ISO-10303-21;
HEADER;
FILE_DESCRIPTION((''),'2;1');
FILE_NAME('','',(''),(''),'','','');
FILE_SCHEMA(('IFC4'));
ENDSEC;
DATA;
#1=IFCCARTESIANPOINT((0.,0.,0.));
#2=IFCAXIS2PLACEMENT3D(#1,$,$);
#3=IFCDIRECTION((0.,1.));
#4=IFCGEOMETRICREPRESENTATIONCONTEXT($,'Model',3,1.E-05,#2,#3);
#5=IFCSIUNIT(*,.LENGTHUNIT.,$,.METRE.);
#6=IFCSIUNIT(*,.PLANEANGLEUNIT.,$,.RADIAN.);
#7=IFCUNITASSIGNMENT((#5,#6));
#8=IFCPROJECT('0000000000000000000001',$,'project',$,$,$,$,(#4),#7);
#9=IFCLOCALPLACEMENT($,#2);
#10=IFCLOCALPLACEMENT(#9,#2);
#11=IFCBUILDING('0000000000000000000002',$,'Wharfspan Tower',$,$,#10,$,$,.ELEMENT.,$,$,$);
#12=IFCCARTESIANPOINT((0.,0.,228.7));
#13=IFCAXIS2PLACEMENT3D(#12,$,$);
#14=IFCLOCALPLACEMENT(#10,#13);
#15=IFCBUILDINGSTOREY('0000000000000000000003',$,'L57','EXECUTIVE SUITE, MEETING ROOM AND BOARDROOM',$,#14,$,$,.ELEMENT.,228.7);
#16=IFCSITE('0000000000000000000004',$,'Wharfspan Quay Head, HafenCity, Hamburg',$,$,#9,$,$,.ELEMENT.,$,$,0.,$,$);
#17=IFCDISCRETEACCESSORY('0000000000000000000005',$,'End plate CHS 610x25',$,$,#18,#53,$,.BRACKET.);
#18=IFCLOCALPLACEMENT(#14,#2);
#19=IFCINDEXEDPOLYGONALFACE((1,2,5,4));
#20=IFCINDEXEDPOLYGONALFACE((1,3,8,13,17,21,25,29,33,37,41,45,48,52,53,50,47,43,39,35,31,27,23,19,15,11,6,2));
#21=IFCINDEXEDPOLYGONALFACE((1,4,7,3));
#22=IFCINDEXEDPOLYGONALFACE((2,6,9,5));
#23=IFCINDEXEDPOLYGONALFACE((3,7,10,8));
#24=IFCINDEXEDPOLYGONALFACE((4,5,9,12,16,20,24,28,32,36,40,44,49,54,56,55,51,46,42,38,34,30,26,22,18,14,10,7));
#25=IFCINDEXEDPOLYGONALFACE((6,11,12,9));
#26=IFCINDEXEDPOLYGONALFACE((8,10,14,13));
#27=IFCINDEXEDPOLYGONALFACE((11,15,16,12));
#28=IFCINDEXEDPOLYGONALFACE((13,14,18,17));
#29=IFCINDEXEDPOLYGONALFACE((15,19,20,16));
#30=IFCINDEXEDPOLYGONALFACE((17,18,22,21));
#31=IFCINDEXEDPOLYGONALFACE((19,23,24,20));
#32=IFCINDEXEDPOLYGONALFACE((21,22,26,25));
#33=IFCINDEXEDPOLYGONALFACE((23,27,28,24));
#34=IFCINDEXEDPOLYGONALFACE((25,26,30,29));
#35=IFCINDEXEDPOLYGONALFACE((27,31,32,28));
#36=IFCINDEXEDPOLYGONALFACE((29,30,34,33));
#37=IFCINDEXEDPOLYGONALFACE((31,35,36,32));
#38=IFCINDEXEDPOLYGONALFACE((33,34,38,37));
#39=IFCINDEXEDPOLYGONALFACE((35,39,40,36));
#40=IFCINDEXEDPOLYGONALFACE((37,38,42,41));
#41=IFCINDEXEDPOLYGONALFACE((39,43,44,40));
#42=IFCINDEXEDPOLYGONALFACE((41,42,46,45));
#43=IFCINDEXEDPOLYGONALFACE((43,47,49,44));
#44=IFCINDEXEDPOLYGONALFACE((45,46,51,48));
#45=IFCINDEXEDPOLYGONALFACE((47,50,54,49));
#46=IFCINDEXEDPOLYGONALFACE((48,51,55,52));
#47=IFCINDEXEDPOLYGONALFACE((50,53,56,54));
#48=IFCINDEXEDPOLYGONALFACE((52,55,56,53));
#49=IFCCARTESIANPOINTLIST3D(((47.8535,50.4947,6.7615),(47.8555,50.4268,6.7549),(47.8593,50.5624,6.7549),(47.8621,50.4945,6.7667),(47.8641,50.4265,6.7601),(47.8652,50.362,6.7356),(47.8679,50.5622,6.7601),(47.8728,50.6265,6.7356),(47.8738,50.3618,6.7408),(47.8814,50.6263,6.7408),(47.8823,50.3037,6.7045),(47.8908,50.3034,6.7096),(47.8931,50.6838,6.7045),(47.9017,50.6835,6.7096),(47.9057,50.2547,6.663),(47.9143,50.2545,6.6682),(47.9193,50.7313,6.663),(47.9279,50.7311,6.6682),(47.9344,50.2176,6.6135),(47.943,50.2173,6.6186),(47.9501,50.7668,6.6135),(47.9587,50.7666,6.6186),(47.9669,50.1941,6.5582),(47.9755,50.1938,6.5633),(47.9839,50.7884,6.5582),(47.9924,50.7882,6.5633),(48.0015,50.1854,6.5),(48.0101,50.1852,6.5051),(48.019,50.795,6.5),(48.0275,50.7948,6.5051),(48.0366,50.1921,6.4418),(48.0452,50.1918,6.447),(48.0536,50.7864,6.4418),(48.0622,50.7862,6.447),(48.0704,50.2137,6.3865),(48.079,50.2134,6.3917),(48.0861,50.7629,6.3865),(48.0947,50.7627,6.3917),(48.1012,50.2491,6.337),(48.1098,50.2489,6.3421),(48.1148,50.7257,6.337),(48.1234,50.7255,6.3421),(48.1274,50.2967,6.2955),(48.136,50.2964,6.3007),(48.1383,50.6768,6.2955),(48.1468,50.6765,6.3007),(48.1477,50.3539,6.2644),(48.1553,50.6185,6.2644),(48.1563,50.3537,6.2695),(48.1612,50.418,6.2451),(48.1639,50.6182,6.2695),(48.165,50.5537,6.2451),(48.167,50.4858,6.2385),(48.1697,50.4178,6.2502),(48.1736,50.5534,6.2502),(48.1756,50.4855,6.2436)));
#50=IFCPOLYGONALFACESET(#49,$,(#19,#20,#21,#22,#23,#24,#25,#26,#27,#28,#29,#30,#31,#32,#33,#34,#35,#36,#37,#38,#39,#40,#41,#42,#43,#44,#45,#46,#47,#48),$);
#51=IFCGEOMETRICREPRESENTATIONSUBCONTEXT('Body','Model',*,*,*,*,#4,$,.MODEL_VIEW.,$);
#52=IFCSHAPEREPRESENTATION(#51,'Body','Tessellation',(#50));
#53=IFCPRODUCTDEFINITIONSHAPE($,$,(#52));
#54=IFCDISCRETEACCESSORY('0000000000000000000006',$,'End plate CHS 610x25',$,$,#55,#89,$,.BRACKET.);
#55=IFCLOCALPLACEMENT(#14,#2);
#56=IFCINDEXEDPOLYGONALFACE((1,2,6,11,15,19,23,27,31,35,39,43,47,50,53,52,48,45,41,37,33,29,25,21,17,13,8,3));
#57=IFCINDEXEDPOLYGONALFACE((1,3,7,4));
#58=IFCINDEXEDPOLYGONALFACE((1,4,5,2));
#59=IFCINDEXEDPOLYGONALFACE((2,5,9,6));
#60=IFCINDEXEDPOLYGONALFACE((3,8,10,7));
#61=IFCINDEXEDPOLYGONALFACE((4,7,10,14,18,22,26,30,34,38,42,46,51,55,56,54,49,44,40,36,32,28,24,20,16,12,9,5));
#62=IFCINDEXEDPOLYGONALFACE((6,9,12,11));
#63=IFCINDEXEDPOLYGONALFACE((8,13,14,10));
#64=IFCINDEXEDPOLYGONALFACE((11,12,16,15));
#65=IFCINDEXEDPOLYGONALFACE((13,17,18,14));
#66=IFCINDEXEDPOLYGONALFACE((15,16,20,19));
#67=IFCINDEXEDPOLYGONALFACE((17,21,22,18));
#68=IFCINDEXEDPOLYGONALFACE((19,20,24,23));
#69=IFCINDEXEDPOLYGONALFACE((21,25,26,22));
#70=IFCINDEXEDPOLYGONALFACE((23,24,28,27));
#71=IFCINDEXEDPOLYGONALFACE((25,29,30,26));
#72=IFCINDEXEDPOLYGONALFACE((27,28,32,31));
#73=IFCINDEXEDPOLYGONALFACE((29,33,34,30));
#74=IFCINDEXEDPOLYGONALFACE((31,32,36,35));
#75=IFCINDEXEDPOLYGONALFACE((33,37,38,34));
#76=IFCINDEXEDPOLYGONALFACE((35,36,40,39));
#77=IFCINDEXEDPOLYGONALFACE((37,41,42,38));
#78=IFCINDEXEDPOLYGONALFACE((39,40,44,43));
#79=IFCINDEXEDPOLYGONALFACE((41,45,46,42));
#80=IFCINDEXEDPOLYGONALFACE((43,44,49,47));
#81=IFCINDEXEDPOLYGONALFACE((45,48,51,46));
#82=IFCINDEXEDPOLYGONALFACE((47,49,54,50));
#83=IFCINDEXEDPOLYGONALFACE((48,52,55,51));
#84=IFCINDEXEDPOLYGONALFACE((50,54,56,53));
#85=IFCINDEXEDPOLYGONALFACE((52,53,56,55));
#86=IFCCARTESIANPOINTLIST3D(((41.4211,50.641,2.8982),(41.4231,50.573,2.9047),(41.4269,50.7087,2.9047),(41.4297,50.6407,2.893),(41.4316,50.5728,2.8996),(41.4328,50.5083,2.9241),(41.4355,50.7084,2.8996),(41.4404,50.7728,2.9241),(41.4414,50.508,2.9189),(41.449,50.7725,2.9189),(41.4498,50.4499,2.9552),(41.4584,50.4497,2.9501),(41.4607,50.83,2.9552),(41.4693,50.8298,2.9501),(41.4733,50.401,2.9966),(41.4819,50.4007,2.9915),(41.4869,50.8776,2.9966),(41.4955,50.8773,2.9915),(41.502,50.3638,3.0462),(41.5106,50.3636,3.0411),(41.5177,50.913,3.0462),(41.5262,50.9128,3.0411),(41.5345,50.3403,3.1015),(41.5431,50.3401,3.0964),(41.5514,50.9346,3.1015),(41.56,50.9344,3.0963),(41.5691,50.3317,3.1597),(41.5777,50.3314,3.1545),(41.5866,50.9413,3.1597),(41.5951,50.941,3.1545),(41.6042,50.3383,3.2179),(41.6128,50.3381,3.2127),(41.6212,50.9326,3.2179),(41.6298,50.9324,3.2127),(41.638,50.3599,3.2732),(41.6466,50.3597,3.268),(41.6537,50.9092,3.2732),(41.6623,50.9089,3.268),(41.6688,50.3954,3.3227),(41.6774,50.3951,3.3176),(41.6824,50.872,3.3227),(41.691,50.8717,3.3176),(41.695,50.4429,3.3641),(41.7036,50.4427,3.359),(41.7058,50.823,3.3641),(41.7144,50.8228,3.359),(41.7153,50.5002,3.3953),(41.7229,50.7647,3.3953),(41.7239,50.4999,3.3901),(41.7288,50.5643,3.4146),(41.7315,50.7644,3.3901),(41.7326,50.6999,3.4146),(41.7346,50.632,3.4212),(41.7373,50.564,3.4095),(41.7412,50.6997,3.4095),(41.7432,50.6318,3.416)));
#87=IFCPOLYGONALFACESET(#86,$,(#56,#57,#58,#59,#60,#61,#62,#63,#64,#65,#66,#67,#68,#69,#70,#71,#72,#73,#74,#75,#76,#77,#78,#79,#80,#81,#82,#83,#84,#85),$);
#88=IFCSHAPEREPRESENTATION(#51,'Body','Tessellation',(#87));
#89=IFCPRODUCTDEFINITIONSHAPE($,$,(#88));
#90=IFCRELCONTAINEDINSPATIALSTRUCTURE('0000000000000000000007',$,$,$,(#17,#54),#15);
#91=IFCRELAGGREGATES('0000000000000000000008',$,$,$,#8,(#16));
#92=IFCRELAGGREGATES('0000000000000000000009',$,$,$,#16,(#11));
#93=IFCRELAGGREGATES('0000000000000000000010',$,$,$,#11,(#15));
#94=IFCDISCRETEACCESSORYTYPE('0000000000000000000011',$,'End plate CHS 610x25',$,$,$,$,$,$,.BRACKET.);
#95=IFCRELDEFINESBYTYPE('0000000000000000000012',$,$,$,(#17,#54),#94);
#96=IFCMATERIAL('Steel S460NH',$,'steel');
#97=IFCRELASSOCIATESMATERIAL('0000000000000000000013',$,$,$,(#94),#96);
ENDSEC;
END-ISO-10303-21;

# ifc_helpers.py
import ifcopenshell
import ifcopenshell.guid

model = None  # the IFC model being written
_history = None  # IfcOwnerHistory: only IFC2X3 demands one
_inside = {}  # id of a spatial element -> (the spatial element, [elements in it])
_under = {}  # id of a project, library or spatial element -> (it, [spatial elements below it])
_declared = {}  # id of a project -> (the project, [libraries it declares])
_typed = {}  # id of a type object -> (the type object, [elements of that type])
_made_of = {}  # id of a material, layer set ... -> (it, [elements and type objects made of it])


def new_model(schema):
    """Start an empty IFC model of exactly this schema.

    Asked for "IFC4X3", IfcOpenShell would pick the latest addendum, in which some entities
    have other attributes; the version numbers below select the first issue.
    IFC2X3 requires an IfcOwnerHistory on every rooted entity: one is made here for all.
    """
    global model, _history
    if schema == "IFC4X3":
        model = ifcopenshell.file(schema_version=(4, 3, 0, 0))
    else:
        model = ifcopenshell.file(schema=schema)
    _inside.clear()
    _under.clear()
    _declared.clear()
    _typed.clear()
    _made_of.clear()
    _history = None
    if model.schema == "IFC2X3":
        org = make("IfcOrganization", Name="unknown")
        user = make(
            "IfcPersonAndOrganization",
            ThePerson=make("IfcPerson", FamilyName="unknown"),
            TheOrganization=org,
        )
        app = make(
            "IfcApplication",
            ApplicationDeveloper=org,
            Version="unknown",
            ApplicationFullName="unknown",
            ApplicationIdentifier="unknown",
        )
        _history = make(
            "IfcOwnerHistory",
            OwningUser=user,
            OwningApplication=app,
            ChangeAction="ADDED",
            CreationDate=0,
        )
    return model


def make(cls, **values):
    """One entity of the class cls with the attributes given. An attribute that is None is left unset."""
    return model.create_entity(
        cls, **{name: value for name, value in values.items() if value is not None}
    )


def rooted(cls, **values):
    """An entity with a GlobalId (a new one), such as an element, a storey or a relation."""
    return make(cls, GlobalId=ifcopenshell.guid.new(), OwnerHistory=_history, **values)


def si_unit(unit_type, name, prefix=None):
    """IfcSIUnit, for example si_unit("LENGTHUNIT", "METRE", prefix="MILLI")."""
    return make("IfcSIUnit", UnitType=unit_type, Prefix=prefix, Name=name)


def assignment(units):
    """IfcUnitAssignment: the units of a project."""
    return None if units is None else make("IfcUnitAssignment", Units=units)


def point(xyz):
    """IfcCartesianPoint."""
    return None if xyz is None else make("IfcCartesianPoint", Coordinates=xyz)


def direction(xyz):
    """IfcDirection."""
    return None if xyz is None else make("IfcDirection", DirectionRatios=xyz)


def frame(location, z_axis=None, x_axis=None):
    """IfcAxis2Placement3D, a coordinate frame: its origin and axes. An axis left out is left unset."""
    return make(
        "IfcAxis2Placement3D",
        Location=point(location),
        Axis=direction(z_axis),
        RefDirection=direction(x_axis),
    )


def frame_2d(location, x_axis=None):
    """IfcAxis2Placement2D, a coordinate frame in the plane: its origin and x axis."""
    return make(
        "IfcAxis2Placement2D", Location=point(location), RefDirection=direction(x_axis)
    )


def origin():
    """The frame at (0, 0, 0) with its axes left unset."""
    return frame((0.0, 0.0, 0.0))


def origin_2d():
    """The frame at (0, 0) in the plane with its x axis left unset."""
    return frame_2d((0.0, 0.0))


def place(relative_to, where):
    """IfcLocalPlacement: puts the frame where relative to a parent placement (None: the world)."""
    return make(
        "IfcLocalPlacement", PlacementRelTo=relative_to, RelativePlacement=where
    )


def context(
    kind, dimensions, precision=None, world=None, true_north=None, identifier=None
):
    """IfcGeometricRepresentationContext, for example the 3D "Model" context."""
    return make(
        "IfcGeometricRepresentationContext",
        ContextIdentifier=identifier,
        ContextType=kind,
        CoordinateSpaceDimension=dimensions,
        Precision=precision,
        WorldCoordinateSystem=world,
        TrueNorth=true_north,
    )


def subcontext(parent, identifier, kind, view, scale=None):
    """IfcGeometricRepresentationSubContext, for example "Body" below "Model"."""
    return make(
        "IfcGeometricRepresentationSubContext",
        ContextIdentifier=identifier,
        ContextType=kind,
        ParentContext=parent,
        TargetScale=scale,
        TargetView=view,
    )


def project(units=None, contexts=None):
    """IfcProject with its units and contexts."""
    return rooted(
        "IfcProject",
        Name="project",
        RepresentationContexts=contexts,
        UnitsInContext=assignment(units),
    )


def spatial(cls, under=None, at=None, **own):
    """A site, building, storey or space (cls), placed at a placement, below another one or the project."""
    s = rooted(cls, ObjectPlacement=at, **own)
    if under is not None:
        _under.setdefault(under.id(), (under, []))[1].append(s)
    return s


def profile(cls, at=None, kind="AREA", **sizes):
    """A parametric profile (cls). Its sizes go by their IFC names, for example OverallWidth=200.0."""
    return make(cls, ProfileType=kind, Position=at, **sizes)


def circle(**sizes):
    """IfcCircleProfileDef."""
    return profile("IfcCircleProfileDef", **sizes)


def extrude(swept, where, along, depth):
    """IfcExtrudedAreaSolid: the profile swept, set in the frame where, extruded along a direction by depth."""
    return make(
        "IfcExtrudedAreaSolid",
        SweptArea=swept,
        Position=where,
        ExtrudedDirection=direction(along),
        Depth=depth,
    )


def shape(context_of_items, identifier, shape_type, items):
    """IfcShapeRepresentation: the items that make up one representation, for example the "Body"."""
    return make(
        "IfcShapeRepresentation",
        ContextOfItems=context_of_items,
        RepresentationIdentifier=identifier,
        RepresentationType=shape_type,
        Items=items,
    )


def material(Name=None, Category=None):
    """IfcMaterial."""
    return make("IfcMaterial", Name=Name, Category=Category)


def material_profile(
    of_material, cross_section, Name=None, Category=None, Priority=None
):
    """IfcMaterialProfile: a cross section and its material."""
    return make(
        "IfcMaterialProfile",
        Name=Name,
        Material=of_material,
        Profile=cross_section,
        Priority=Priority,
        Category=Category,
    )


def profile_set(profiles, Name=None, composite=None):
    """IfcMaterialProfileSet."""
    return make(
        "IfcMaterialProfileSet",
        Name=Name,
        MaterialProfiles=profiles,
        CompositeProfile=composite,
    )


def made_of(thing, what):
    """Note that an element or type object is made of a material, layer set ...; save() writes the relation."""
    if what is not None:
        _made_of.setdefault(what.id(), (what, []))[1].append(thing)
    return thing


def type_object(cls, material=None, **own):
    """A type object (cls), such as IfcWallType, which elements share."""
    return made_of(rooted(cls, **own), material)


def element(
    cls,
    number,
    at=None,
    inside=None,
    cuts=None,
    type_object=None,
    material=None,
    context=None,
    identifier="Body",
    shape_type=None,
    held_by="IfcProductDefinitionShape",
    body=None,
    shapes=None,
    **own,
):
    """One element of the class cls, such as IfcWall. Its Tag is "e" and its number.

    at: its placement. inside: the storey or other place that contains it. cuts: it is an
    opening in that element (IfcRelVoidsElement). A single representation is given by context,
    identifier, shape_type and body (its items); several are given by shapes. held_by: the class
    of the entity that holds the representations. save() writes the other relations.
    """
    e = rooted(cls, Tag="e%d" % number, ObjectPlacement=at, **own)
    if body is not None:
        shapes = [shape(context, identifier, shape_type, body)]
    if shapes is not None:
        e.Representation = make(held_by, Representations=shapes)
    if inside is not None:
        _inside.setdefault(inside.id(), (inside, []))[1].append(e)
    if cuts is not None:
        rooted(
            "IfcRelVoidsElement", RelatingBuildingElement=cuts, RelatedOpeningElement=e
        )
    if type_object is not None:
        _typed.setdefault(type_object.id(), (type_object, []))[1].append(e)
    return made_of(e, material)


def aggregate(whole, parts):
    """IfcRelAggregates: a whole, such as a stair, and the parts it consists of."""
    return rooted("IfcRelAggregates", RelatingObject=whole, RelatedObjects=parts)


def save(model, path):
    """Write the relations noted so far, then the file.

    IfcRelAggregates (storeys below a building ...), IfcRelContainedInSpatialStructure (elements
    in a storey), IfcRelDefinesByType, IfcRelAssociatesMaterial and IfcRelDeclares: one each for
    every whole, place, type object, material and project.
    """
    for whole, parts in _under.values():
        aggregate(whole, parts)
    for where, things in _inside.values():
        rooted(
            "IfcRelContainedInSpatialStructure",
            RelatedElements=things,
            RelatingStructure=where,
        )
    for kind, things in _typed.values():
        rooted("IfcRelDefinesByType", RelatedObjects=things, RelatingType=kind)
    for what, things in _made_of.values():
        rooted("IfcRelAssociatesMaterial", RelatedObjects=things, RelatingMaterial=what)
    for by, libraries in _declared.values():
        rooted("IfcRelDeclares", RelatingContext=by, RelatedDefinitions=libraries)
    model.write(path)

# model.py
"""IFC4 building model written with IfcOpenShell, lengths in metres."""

from ifc_helpers import new_model, si_unit, direction, frame, origin, origin_2d, place, context, subcontext, project, spatial, circle, extrude, material, material_profile, profile_set, type_object, element, save


model = new_model("IFC4")

# Units and contexts
model_context = context("Model", 3, precision=1e-05, world=origin(), true_north=direction((0.0, 1.0)))
body_context = subcontext(model_context, "Body", "Model", "MODEL_VIEW")
ifc_project = project(units=[si_unit("LENGTHUNIT", "METRE"), si_unit("PLANEANGLEUNIT", "RADIAN")], contexts=[model_context])

# Site, building, storey
site_placement = place(None, origin())
site = spatial("IfcSite", under=ifc_project, at=site_placement, Name="Wharfspan Quay Head, HafenCity, Hamburg", CompositionType="ELEMENT", RefElevation=0.0)
building_placement = place(site_placement, origin())
building = spatial("IfcBuilding", under=site, at=building_placement, Name="Wharfspan Tower", CompositionType="ELEMENT")
storey_placement = place(building_placement, frame((0.0, 0.0, 228.7)))
storey = spatial("IfcBuildingStorey", under=building, at=storey_placement, Name="L57", Description="EXECUTIVE SUITE, MEETING ROOM AND BOARDROOM", CompositionType="ELEMENT", Elevation=228.7)

# Shared definitions
ifc_material_1 = material(Name="Steel S460NH", Category="steel")

# Discrete accessories
ifc_material_profile_1 = material_profile(ifc_material_1, circle(Radius=0.3049, at=origin_2d()))
ifc_profile_set_1 = profile_set([ifc_material_profile_1], Name="Steel S460NH")
discrete_accessory_type = type_object("IfcDiscreteAccessoryType", Name="End plate CHS 610x25", PredefinedType="BRACKET", material=ifc_profile_set_1)
for number, where, z_axis, x_axis, name in (
    (1, (48.0103, 50.4902, 6.5), (0.857236, -0.024492, 0.514341), (0.028558, 0.999591, 0.000002), "End plate CHS 610x25"),
    (2, (41.5864, 50.6362, 3.1545), (-0.857236, 0.024492, 0.514341), (-0.028558, -0.999591, 0.000002), "End plate CHS 610x25"),
):
    element("IfcDiscreteAccessory", number, at=place(storey_placement, frame(where, z_axis=z_axis, x_axis=x_axis)), inside=storey, type_object=discrete_accessory_type, Name=name, PredefinedType="BRACKET", context=body_context, shape_type="SweptSolid", body=[
        extrude(circle(Radius=0.3049, at=origin_2d()), origin(), (0.0, 0.0, 1.0), 0.01),
    ])

save(model, "model.ifc")
